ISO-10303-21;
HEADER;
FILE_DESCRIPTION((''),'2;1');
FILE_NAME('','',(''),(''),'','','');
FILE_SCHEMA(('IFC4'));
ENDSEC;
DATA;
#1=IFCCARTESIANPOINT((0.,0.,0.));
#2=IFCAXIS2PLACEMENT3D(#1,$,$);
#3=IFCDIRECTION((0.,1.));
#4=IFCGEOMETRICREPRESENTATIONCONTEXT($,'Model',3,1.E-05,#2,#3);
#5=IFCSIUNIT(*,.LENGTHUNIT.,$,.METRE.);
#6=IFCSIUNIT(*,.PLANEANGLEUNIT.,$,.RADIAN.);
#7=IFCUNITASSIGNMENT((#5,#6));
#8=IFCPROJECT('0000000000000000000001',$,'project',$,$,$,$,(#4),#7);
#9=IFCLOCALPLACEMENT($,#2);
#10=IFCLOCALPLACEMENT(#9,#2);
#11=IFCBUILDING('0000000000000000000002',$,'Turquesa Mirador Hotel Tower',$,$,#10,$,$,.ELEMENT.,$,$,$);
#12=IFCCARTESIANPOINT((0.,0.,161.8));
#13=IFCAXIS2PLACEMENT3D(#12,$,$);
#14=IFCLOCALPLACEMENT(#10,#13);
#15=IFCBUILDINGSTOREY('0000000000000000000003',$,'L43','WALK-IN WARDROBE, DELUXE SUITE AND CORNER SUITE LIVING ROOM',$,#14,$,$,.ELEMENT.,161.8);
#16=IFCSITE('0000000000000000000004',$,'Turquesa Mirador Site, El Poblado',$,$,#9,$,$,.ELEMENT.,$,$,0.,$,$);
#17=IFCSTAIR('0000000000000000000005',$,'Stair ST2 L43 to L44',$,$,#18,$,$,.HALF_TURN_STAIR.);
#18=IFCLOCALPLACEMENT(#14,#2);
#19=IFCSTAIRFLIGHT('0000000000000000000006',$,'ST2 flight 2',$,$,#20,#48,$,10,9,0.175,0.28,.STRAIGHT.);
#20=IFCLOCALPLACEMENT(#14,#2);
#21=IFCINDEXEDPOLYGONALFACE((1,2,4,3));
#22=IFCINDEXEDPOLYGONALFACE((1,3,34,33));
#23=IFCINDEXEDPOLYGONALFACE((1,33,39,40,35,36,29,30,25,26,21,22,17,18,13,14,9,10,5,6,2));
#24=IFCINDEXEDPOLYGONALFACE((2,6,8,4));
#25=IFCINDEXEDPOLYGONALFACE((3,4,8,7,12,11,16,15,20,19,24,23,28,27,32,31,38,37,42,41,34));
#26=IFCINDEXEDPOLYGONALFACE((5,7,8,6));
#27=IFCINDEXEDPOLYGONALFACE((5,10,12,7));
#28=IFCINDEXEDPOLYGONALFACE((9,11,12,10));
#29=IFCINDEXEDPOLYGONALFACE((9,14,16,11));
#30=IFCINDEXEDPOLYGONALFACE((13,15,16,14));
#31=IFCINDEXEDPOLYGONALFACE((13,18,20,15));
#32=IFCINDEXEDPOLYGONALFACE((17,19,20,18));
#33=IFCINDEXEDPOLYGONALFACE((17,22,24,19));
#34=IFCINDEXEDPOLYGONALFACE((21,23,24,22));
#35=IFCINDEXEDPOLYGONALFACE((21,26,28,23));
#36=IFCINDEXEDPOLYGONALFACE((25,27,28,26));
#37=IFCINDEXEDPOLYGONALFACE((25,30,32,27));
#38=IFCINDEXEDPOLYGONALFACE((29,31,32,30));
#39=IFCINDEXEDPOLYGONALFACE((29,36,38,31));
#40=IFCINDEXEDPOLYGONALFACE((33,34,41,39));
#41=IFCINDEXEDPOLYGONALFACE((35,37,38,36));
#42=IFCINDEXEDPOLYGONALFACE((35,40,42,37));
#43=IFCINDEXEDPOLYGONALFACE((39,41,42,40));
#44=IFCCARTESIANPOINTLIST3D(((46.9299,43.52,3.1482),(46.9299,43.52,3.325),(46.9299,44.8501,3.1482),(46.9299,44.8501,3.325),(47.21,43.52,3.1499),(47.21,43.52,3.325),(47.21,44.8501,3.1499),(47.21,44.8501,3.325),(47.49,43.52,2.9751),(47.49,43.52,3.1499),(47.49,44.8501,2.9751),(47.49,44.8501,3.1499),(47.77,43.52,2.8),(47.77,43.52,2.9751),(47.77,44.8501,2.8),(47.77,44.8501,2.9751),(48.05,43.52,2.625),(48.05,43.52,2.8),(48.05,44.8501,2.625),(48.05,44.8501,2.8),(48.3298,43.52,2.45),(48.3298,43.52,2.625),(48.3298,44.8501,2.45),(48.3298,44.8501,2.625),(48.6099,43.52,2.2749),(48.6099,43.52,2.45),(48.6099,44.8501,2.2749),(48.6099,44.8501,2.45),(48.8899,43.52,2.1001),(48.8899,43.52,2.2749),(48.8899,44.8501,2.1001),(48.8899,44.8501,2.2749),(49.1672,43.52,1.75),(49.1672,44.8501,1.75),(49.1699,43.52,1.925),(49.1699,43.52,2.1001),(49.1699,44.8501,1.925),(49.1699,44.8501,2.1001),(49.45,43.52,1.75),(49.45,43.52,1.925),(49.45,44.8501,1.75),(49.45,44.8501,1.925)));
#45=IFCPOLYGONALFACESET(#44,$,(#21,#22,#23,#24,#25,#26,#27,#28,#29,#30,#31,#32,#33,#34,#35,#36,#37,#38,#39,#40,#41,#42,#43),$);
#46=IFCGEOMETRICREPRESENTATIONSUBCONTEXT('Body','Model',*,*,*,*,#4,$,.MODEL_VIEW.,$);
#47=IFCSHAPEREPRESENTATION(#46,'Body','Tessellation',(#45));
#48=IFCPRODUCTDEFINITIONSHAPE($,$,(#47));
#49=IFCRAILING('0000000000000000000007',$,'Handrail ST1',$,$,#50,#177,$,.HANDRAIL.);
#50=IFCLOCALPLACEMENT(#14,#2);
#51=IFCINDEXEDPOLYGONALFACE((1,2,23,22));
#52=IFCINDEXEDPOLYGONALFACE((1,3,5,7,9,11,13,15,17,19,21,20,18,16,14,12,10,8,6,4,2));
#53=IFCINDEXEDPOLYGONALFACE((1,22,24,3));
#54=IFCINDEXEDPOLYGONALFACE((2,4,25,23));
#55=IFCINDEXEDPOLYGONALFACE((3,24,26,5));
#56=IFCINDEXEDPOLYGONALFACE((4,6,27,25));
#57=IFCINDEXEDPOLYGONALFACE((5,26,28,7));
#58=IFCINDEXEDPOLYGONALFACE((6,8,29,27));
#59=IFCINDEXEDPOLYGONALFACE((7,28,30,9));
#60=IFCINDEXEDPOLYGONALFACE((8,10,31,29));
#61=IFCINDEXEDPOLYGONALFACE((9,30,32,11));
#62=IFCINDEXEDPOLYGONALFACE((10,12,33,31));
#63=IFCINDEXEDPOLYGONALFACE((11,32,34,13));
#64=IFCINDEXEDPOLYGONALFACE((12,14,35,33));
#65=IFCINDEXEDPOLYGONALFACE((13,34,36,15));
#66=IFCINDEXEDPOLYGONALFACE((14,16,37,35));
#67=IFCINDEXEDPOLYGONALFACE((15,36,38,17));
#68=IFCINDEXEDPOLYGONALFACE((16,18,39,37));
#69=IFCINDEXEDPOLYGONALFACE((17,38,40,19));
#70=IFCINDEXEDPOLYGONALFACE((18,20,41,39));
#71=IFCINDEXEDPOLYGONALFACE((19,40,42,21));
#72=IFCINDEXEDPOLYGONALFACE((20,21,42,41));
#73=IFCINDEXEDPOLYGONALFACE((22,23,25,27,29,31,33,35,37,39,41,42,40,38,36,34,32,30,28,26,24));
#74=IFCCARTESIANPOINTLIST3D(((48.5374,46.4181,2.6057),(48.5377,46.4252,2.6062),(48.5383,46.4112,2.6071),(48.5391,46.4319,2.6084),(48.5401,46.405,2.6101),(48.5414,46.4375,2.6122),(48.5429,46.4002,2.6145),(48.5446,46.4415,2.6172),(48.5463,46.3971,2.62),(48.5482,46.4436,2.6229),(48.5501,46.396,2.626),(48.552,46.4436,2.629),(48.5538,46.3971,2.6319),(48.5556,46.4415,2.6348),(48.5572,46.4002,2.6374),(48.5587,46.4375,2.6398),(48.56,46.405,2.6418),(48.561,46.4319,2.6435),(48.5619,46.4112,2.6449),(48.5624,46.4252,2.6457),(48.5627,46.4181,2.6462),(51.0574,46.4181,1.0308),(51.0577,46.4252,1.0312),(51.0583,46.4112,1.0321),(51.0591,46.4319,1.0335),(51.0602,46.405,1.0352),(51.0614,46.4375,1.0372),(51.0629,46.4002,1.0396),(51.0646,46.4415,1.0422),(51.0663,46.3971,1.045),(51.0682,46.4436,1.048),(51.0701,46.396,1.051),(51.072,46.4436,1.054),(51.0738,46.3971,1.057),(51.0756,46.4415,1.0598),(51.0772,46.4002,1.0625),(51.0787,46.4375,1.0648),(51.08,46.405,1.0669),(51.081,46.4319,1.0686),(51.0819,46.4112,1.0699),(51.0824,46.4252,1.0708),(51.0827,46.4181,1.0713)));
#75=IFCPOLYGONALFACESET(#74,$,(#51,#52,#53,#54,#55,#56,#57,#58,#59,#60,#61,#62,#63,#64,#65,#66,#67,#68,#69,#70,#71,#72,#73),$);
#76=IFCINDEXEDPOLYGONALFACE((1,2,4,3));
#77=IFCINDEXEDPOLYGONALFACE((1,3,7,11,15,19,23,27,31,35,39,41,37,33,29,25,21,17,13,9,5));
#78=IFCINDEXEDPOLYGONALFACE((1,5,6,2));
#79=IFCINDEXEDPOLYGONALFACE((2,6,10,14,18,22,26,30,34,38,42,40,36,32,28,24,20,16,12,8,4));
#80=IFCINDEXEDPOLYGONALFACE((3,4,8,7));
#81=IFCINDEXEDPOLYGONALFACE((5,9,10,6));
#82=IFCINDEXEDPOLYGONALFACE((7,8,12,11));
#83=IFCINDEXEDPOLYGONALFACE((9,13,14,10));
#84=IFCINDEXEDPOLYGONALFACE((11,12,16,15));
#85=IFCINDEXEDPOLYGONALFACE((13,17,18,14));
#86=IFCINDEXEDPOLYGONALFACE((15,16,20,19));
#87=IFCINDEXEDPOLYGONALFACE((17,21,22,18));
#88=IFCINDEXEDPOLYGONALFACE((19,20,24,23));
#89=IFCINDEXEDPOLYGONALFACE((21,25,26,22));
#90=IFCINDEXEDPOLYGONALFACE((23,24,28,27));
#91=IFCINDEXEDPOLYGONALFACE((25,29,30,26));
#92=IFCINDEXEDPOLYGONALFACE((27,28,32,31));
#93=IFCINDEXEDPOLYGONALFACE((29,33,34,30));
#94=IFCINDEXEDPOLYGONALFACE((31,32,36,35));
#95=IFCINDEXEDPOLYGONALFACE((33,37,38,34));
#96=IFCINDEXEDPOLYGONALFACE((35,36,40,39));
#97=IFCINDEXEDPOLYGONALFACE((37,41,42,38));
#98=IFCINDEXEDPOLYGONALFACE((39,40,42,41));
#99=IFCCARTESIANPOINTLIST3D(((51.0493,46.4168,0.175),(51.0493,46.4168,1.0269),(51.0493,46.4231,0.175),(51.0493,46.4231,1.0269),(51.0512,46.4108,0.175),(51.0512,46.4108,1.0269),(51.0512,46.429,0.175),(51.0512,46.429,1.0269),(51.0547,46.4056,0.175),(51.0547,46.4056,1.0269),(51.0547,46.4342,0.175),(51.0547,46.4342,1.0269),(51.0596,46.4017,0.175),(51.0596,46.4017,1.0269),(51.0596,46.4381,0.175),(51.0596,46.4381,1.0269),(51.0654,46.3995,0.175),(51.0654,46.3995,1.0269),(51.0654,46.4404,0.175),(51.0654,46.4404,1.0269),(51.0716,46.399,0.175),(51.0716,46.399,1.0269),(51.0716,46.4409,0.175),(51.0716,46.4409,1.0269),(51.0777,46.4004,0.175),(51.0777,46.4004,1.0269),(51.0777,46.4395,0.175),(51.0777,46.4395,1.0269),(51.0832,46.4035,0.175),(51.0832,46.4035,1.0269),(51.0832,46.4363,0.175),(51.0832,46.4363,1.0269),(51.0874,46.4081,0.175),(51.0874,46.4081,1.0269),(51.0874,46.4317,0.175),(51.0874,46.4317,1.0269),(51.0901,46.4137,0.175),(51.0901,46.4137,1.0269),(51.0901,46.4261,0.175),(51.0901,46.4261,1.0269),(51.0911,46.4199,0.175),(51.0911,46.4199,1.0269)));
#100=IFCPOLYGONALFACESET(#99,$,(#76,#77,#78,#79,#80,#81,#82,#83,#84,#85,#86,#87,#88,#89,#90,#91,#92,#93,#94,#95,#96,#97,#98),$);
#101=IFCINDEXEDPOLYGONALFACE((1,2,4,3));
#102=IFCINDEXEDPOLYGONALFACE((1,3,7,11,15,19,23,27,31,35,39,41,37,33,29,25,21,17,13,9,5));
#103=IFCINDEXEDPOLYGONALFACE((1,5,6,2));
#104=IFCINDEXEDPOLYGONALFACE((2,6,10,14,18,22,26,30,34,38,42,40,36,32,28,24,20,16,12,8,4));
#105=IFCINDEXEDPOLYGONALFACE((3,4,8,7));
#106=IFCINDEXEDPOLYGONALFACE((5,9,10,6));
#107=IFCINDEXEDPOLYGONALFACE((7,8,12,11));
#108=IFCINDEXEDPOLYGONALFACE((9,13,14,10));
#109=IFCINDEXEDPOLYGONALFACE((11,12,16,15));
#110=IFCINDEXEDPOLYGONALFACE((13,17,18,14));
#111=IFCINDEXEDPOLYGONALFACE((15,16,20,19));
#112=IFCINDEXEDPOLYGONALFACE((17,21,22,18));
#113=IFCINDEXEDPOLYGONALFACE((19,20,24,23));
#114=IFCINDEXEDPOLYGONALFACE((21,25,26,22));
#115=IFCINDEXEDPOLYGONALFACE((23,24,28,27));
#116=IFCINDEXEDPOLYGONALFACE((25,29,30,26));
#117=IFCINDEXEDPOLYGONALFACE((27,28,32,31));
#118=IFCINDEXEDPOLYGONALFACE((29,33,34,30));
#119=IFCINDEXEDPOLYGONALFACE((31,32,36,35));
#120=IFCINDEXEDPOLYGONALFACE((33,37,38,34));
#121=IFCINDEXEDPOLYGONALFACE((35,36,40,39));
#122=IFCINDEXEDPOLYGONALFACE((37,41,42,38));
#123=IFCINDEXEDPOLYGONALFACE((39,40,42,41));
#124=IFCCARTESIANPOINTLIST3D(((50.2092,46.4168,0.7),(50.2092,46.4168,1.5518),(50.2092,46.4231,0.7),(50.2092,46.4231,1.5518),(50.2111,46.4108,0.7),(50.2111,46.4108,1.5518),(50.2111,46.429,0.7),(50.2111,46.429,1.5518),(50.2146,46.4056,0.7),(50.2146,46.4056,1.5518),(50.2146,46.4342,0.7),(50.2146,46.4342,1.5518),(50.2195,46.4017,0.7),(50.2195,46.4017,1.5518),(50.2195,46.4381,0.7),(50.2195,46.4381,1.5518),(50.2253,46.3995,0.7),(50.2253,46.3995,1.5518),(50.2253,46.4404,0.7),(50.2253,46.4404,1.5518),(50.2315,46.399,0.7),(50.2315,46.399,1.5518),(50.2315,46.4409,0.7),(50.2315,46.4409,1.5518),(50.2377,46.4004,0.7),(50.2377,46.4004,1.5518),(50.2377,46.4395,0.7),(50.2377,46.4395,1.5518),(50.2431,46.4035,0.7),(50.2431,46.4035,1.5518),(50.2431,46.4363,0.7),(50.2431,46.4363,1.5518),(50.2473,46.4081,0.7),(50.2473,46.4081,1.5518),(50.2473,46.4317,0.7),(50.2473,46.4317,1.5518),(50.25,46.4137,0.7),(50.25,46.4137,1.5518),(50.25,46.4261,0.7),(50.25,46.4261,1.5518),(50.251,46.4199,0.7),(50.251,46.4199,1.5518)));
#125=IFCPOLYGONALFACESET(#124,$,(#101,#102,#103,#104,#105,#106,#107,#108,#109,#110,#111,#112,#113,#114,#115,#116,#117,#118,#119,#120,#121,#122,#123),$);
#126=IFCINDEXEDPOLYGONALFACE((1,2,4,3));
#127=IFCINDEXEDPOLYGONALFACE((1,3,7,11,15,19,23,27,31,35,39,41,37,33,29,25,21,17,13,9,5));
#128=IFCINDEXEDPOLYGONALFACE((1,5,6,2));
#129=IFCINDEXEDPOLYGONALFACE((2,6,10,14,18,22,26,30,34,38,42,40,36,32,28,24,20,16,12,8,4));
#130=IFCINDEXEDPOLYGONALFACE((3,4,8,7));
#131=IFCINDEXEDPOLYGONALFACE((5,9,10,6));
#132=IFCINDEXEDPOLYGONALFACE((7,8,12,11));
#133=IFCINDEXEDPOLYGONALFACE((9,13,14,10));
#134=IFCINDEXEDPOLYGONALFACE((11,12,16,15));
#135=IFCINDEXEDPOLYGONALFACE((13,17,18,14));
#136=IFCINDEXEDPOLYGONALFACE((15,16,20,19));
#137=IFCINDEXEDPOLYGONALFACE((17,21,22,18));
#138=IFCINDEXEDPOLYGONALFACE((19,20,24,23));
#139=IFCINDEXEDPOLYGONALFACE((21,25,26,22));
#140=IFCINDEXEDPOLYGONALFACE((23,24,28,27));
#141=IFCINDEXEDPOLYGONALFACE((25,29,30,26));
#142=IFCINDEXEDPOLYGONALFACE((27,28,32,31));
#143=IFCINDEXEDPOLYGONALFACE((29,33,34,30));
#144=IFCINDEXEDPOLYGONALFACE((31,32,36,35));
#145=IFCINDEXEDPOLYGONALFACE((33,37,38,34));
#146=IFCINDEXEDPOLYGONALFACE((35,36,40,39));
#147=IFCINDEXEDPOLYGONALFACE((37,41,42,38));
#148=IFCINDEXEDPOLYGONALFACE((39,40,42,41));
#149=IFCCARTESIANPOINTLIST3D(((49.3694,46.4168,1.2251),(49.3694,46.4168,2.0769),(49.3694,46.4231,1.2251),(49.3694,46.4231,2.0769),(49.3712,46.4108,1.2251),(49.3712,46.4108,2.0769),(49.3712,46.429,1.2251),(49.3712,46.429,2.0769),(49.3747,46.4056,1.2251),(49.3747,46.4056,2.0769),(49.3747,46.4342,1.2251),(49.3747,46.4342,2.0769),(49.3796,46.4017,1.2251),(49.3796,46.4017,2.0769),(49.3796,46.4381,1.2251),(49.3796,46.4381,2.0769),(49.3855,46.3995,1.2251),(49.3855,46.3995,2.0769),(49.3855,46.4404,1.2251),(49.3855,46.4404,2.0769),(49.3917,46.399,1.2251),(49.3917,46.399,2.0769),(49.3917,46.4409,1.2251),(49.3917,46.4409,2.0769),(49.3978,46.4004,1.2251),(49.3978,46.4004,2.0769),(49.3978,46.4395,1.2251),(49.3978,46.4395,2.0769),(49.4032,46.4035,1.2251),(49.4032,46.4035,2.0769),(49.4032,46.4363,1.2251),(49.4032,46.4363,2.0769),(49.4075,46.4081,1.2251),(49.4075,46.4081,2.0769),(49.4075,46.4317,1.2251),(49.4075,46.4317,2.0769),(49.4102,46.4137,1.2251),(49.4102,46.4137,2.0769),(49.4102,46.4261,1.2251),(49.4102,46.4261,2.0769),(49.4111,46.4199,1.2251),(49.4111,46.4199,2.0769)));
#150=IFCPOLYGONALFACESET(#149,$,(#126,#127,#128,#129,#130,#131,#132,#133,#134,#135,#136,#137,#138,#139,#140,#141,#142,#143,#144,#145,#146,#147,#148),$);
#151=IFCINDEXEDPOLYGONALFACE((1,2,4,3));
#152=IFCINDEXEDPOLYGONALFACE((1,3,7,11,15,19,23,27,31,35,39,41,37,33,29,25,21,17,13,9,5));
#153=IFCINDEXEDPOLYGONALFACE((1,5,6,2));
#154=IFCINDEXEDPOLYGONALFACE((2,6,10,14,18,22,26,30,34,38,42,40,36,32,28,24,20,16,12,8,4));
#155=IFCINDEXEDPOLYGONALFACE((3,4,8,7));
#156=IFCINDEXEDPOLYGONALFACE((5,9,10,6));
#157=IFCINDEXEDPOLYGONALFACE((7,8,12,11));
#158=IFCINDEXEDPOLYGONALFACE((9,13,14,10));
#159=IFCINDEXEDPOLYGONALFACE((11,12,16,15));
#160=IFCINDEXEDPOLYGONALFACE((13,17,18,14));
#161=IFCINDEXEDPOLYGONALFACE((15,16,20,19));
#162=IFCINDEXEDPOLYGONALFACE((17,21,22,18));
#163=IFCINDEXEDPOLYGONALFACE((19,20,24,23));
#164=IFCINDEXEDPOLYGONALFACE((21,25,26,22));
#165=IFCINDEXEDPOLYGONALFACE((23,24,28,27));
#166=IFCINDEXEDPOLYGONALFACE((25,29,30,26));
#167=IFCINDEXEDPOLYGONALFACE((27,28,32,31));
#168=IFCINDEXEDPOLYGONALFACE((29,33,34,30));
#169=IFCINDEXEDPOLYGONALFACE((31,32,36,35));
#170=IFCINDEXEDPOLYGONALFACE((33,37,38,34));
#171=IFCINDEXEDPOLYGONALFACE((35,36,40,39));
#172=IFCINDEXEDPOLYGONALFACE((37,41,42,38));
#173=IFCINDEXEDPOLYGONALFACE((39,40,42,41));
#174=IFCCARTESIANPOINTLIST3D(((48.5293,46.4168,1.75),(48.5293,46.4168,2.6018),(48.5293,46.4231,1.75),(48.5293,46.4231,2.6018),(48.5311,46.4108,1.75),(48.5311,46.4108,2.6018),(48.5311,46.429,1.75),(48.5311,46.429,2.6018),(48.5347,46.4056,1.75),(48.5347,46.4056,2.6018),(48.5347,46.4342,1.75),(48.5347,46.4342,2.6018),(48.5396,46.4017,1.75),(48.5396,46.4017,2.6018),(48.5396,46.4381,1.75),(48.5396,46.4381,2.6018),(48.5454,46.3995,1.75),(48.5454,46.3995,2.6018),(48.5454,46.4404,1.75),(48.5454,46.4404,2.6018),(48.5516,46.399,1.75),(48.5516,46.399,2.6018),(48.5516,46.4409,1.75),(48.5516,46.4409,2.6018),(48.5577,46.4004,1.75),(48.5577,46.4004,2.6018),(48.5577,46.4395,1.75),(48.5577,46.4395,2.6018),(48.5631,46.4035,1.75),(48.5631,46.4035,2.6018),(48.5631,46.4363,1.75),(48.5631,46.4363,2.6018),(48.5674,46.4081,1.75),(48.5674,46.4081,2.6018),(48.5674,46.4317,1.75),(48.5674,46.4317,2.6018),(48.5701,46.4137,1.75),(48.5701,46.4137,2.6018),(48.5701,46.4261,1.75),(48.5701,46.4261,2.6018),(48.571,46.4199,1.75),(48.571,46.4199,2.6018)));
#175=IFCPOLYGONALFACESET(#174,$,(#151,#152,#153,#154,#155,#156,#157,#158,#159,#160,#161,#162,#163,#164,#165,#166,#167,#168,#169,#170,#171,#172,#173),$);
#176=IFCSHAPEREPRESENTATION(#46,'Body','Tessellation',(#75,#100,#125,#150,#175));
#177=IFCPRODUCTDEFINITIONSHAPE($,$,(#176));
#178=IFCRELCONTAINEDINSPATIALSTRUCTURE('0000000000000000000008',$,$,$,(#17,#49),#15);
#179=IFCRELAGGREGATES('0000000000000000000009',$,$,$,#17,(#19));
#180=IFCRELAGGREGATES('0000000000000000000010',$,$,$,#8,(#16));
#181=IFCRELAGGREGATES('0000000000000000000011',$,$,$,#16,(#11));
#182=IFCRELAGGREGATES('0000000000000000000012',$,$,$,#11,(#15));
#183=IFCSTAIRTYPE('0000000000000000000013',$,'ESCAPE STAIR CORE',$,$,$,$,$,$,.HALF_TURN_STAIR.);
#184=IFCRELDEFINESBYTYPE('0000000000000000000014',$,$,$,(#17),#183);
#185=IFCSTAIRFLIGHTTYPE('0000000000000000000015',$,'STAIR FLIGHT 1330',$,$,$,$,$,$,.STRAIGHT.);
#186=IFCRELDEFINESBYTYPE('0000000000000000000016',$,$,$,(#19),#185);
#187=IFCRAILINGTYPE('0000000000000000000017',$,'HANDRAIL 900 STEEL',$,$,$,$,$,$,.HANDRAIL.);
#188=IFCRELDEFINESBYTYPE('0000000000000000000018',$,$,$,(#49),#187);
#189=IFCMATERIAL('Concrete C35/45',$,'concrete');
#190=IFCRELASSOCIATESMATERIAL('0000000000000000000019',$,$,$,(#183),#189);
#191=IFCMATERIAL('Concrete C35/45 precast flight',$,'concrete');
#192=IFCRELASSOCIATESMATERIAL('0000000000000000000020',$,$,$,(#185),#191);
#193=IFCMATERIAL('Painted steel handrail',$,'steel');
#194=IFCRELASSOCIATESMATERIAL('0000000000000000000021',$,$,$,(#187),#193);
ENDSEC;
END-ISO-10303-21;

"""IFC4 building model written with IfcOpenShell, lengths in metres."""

from ifc_helpers import new_model, si_unit, direction, frame, origin, origin_2d, place, context, subcontext, project, spatial, polyline, circle, outline, extrude, material, type_object, element, aggregate, save


model = new_model("IFC4")

# Units and contexts
model_context = context("Model", 3, precision=1e-05, world=origin(), true_north=direction((0.0, 1.0)))
body_context = subcontext(model_context, "Body", "Model", "MODEL_VIEW")
ifc_project = project(units=[si_unit("LENGTHUNIT", "METRE"), si_unit("PLANEANGLEUNIT", "RADIAN")], contexts=[model_context])

# Site, building, storey
site_placement = place(None, origin())
site = spatial("IfcSite", under=ifc_project, at=site_placement, Name="Turquesa Mirador Site, El Poblado", CompositionType="ELEMENT", RefElevation=0.0)
building_placement = place(site_placement, origin())
building = spatial("IfcBuilding", under=site, at=building_placement, Name="Turquesa Mirador Hotel Tower", CompositionType="ELEMENT")
storey_placement = place(building_placement, frame((0.0, 0.0, 161.8)))
storey = spatial("IfcBuildingStorey", under=building, at=storey_placement, Name="L43", Description="WALK-IN WARDROBE, DELUXE SUITE AND CORNER SUITE LIVING ROOM", CompositionType="ELEMENT", Elevation=161.8)

# Shared definitions
ifc_material_1 = material(Name="Concrete C35/45", Category="concrete")
stair_type = type_object("IfcStairType", Name="ESCAPE STAIR CORE", PredefinedType="HALF_TURN_STAIR", material=ifc_material_1)
ifc_material_2 = material(Name="Concrete C35/45 precast flight", Category="concrete")
stair_flight_type = type_object("IfcStairFlightType", Name="STAIR FLIGHT 1330", PredefinedType="STRAIGHT", material=ifc_material_2)

# Stair, stair flight
stair_1_placement = place(storey_placement, origin())
stair_1 = element("IfcStair", 1, at=stair_1_placement, inside=storey, type_object=stair_type, Name="Stair ST2 L43 to L44", PredefinedType="HALF_TURN_STAIR")
stair_flight_1_placement = place(storey_placement, frame((49.45, 44.1851, 1.75), z_axis=(0.0, 0.0, 1.0), x_axis=(-1.0, 0.0, 0.0)))
stair_flight_1 = element("IfcStairFlight", 2, at=stair_flight_1_placement, type_object=stair_flight_type, Name="ST2 flight 2", NumberOfRisers=10, NumberOfTreads=9, PredefinedType="STRAIGHT", RiserHeight=0.175, TreadLength=0.28, context=body_context, shape_type="SweptSolid", body=[
    extrude(outline(polyline([(0.0, 0.0), (0.0, 0.175), (0.28, 0.175), (0.28, 0.3501), (0.5601, 0.3501), (0.5601, 0.5249), (0.8401, 0.5249), (0.8401, 0.7), (1.1201, 0.7), (1.1201, 0.875), (1.3999, 0.875), (1.3999, 1.05), (1.6799, 1.05), (1.6799, 1.2251), (1.96, 1.2251), (1.96, 1.3999), (2.24, 1.3999), (2.24, 1.575), (2.52, 1.575), (2.52, 1.75), (2.52, 1.3982), (0.2827, 0.0), (0.0, 0.0)])), frame((0.0, 0.665, 0.0), z_axis=(0.0, -1.0, 0.0), x_axis=(1.0, 0.0, 0.0)), (0.0, 0.0, 1.0), 1.3301),
])
aggregate(stair_1, [stair_flight_1])

# Railing
ifc_material_3 = material(Name="Painted steel handrail", Category="steel")
railing_type = type_object("IfcRailingType", Name="HANDRAIL 900 STEEL", PredefinedType="HANDRAIL", material=ifc_material_3)
railing_1_placement = place(storey_placement, frame((51.0701, 46.4199, 0.175)))
element("IfcRailing", 3, at=railing_1_placement, inside=storey, type_object=railing_type, Name="Handrail ST1", PredefinedType="HANDRAIL", context=body_context, shape_type="SweptSolid", body=[
    extrude(circle(Radius=0.0239, at=origin_2d()), frame((0.0, 0.0, 0.876), z_axis=(-0.848008, 0.0, 0.529984), x_axis=(0.0, -1.0, 0.0)), (0.0, 0.0, 1.0), 2.9717),
    extrude(circle(Radius=0.021, at=origin_2d()), origin(), (0.0, 0.0, 1.0), 0.8518),
    extrude(circle(Radius=0.021, at=origin_2d()), frame((-0.8401, 0.0, 0.5249)), (0.0, 0.0, 1.0), 0.8518),
    extrude(circle(Radius=0.021, at=origin_2d()), frame((-1.6799, 0.0, 1.05)), (0.0, 0.0, 1.0), 0.8518),
    extrude(circle(Radius=0.021, at=origin_2d()), frame((-2.52, 0.0, 1.575)), (0.0, 0.0, 1.0), 0.8518),
])

save(model, "model.ifc")
